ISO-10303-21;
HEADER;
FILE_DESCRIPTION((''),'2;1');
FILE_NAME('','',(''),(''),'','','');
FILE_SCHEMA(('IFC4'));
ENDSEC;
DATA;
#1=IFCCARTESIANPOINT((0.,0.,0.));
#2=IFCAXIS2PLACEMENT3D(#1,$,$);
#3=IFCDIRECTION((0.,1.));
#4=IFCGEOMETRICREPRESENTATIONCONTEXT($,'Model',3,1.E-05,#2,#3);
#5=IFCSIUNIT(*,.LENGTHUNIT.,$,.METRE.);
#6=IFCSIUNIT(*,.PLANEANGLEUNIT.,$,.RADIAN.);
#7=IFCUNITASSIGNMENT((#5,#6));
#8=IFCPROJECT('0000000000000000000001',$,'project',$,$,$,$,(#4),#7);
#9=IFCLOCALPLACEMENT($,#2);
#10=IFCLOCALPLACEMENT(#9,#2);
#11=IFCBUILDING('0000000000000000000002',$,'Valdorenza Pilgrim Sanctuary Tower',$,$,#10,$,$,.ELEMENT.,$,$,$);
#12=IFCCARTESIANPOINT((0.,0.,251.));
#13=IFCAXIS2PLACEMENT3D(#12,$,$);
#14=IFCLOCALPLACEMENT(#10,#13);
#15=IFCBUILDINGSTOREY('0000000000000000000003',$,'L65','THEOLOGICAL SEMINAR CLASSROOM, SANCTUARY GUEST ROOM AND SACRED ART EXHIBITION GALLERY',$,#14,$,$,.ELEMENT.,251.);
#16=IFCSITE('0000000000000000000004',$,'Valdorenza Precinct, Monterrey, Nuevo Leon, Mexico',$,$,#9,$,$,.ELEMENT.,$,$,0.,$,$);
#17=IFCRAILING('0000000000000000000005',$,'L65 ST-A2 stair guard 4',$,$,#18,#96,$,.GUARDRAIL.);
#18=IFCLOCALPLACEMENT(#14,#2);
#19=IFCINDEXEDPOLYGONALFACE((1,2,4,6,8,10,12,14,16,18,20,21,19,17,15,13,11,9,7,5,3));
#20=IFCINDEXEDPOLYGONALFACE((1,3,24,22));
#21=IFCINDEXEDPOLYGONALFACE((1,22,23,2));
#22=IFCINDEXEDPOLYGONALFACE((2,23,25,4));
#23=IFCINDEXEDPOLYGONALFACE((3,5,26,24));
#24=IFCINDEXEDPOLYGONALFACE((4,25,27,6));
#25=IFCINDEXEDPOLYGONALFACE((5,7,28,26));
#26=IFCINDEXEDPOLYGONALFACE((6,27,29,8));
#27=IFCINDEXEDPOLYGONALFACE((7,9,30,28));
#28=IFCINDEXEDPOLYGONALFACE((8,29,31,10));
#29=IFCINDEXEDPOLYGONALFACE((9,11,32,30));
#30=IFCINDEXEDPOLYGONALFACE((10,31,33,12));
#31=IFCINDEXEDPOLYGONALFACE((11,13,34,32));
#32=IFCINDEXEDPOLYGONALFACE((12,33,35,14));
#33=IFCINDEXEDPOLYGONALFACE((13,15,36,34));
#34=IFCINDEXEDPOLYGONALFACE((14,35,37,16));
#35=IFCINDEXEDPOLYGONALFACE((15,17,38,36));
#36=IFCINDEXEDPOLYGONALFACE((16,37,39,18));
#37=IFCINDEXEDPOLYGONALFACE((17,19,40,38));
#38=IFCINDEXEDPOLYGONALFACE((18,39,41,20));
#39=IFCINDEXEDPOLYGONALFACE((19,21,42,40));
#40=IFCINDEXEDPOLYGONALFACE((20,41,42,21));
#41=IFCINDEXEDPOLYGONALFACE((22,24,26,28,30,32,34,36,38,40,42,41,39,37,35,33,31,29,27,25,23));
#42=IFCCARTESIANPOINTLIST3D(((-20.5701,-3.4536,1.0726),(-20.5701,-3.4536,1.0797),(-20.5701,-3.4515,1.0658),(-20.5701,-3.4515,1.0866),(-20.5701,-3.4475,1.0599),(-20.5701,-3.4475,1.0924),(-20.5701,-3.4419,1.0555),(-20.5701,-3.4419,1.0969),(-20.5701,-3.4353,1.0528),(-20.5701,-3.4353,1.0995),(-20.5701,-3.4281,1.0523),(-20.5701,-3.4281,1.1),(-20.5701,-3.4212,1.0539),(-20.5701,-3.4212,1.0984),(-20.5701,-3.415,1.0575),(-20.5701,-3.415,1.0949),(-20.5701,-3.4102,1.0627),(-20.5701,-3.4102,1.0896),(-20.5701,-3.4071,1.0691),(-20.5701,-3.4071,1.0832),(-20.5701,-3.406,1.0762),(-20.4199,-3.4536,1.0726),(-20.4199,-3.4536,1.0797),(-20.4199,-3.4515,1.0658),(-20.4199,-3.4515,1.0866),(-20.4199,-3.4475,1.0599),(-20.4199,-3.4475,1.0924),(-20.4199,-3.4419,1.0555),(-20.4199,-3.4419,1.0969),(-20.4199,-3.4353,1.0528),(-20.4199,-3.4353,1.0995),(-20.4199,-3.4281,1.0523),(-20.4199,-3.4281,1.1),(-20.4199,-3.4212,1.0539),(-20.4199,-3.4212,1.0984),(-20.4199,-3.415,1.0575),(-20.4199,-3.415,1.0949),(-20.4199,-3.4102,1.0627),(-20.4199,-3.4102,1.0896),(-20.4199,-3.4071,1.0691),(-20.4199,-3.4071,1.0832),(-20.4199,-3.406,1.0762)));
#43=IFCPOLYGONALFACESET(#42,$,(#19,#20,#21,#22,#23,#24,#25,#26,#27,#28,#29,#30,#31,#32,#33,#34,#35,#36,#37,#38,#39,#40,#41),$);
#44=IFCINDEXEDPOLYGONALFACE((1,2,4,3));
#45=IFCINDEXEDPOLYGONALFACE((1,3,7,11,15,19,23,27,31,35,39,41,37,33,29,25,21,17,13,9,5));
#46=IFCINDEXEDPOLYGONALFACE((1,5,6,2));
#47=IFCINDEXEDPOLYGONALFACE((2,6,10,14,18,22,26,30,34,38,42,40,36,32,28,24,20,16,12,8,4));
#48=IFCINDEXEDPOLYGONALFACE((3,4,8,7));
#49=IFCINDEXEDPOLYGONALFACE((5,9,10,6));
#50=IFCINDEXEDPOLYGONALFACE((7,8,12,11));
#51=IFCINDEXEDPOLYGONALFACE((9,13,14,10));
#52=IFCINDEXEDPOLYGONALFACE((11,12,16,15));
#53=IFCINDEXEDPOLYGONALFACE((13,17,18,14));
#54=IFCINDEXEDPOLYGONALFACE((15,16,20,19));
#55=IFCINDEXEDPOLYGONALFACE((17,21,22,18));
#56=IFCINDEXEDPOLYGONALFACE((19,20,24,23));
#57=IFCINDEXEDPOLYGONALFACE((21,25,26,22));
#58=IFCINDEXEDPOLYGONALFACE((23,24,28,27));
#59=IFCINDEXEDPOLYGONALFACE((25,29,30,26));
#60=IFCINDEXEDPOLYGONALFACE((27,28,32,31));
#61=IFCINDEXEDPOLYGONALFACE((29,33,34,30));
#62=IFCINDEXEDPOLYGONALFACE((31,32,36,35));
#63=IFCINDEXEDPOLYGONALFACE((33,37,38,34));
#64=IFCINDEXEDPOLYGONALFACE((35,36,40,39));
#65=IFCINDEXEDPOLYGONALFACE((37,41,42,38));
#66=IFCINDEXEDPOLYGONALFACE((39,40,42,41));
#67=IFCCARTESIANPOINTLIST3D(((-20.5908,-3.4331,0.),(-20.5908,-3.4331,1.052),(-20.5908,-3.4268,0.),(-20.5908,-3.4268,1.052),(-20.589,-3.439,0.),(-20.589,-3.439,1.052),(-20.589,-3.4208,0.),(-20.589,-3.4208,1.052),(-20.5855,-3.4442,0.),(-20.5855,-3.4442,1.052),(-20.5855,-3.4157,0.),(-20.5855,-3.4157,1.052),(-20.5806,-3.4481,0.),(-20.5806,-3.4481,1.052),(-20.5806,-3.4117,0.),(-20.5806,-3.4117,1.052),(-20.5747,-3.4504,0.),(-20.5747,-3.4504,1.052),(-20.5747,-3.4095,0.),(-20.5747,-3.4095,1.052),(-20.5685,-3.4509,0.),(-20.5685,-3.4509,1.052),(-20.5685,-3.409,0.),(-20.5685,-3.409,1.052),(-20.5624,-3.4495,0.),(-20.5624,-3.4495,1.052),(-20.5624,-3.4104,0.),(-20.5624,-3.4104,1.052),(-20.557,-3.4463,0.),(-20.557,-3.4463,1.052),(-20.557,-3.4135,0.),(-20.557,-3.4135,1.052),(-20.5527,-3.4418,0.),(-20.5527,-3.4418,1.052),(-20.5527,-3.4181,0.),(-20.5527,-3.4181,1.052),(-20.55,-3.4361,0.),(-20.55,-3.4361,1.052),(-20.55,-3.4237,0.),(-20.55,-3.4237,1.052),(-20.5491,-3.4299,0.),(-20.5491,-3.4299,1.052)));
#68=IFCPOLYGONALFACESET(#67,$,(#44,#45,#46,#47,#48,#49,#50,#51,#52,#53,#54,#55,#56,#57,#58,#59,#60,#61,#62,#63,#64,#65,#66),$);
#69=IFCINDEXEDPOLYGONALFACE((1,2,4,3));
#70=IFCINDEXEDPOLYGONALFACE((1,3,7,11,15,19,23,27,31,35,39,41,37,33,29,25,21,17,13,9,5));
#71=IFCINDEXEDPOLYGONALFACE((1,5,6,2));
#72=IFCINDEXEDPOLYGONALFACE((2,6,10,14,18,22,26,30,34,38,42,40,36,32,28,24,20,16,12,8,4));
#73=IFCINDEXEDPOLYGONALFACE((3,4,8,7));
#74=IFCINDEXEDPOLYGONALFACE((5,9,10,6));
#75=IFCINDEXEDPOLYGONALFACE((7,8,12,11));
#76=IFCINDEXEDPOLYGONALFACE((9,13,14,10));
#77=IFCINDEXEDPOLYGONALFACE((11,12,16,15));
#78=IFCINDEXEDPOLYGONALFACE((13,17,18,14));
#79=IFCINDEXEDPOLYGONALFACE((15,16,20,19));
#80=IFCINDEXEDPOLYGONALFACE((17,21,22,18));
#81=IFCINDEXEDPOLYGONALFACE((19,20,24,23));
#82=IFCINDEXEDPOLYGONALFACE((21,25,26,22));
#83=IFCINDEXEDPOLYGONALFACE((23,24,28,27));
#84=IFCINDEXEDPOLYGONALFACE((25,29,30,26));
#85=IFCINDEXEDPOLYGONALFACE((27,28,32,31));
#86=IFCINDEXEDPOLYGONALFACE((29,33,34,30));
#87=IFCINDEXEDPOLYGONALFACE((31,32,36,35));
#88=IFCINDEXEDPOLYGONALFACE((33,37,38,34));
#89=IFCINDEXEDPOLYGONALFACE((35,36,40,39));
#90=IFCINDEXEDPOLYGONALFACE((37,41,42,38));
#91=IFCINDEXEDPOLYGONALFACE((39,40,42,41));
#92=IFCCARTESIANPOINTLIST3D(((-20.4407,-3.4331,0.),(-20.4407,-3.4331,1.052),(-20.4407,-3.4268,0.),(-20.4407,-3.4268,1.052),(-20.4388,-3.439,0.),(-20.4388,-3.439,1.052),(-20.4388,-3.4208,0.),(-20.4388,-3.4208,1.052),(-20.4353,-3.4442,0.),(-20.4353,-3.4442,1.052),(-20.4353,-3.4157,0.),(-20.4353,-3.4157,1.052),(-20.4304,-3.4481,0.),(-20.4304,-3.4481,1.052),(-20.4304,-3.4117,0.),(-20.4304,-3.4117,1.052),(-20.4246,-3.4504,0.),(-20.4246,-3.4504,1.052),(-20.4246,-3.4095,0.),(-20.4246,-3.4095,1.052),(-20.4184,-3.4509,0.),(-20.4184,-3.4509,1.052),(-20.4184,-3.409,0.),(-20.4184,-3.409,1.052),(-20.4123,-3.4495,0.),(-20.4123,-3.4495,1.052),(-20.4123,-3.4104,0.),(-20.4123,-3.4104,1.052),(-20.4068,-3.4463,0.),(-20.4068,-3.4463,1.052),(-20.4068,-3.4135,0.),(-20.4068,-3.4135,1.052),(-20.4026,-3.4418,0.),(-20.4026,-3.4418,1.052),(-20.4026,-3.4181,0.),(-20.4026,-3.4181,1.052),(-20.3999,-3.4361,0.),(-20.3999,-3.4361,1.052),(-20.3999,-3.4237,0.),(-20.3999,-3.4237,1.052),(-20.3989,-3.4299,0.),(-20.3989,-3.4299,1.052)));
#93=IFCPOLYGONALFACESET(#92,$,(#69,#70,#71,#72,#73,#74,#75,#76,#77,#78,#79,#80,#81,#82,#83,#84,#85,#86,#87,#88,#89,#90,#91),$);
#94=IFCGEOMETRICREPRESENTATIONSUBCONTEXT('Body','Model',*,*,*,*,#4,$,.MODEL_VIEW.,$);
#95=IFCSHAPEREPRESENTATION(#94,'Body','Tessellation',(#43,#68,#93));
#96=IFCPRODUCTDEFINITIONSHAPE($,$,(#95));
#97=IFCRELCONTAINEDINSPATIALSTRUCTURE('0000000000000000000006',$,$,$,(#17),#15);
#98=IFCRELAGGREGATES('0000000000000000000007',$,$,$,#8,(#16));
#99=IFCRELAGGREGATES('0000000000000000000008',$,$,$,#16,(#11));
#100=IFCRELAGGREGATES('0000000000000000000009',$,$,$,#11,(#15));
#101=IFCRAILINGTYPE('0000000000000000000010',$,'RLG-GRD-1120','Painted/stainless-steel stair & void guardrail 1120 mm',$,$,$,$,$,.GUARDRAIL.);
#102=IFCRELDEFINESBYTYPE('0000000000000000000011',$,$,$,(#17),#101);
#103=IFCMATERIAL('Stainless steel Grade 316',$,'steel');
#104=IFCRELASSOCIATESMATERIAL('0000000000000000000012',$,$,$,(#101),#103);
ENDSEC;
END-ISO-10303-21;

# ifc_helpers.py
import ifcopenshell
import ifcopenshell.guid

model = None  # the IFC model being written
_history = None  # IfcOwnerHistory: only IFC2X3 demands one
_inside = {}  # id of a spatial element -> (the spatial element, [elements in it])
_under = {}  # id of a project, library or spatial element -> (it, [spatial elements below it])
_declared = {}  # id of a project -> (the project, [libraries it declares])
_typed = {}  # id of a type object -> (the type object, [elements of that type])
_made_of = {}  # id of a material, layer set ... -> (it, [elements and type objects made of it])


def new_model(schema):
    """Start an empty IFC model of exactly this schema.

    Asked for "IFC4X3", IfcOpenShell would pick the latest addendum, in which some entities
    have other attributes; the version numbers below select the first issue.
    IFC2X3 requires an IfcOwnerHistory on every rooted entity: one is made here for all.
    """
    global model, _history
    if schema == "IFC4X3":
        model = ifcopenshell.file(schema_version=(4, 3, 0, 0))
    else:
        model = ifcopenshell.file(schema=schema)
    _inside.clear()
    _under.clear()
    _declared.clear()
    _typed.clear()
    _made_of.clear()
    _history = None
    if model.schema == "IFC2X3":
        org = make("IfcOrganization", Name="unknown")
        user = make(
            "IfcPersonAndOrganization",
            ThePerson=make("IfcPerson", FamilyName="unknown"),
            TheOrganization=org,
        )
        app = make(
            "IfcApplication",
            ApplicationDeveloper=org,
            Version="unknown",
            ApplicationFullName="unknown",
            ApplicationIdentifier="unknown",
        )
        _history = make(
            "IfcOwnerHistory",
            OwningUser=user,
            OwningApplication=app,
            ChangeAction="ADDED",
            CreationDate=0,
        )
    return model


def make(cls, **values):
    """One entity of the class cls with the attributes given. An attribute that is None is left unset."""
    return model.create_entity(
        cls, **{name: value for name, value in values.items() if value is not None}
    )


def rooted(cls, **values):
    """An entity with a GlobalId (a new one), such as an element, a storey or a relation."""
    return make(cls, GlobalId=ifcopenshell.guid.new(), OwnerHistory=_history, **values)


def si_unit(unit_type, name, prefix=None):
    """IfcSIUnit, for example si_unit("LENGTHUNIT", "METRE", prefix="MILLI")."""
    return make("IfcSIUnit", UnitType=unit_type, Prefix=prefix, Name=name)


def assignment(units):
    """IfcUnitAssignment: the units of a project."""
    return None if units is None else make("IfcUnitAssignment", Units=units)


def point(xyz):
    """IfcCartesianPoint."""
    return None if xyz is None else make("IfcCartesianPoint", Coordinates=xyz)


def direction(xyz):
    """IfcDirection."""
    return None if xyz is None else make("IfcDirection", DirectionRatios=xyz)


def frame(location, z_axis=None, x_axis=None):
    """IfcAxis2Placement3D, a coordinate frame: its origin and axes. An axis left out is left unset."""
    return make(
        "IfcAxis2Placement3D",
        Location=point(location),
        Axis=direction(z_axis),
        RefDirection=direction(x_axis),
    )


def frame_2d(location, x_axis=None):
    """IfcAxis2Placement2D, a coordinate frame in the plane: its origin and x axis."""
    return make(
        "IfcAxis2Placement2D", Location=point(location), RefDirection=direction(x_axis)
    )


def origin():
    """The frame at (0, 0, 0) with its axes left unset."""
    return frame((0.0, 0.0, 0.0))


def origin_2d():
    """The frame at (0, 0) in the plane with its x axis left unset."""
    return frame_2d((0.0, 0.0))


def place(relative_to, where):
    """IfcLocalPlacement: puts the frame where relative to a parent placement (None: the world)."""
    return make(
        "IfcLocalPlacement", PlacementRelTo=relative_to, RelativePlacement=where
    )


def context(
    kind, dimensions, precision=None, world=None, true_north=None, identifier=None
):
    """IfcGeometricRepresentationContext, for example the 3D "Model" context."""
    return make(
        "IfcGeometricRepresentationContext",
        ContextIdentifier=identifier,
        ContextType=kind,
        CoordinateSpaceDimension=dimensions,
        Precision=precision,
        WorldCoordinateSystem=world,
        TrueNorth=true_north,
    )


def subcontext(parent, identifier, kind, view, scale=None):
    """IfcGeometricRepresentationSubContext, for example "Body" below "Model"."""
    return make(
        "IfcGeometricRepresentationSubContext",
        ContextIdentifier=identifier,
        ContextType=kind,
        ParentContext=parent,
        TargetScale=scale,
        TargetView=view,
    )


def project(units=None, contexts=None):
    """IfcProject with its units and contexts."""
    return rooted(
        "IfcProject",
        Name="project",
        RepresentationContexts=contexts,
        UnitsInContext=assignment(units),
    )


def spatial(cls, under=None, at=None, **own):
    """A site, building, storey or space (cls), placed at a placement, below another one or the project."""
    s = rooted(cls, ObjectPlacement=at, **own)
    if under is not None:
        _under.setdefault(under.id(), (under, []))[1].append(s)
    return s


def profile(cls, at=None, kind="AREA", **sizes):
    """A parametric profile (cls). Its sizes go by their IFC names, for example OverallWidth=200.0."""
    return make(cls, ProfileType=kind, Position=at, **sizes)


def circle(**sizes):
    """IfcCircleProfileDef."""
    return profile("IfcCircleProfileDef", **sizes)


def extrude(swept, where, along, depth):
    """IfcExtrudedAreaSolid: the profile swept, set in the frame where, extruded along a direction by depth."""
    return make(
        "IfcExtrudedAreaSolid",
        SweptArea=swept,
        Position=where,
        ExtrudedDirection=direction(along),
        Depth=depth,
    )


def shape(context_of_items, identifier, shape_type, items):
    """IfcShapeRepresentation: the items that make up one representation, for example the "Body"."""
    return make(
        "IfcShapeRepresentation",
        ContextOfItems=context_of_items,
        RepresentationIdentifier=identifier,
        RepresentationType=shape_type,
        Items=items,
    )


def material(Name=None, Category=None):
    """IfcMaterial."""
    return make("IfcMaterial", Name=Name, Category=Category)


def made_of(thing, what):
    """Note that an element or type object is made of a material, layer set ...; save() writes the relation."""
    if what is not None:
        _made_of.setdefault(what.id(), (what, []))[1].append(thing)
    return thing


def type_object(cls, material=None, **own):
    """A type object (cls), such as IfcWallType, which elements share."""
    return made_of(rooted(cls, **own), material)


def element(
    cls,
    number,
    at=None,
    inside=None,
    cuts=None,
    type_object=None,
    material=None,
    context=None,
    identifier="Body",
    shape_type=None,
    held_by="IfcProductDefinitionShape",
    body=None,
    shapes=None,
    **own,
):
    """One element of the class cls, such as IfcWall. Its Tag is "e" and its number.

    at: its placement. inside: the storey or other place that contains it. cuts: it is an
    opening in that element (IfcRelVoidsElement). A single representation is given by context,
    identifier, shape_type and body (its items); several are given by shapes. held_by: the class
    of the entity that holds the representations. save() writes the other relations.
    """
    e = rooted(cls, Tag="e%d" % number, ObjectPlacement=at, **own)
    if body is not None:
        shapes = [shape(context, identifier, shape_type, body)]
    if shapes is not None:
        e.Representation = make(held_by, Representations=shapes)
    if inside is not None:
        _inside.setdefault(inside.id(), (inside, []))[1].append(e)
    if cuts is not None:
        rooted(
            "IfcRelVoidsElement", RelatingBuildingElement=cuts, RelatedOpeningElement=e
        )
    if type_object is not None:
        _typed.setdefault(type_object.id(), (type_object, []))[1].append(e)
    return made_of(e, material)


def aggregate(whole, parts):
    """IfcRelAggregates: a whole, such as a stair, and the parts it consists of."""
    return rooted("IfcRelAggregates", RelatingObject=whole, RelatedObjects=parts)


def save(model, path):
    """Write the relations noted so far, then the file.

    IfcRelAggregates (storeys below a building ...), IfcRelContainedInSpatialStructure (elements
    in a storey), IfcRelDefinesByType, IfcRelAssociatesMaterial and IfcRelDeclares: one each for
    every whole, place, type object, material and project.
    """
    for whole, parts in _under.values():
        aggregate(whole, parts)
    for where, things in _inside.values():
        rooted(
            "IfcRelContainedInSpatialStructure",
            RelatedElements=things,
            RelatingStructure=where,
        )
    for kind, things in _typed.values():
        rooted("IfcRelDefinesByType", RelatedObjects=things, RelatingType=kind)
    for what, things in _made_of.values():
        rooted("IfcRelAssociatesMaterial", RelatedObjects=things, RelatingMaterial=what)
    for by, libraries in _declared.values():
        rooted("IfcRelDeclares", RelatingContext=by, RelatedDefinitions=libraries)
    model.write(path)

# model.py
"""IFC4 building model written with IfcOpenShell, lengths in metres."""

from ifc_helpers import new_model, si_unit, direction, frame, origin, origin_2d, place, context, subcontext, project, spatial, circle, extrude, material, type_object, element, save


model = new_model("IFC4")

# Units and contexts
model_context = context("Model", 3, precision=1e-05, world=origin(), true_north=direction((0.0, 1.0)))
body_context = subcontext(model_context, "Body", "Model", "MODEL_VIEW")
ifc_project = project(units=[si_unit("LENGTHUNIT", "METRE"), si_unit("PLANEANGLEUNIT", "RADIAN")], contexts=[model_context])

# Site, building, storey
site_placement = place(None, origin())
site = spatial("IfcSite", under=ifc_project, at=site_placement, Name="Valdorenza Precinct, Monterrey, Nuevo Leon, Mexico", CompositionType="ELEMENT", RefElevation=0.0)
building_placement = place(site_placement, origin())
building = spatial("IfcBuilding", under=site, at=building_placement, Name="Valdorenza Pilgrim Sanctuary Tower", CompositionType="ELEMENT")
storey_placement = place(building_placement, frame((0.0, 0.0, 251.0)))
storey = spatial("IfcBuildingStorey", under=building, at=storey_placement, Name="L65", Description="THEOLOGICAL SEMINAR CLASSROOM, SANCTUARY GUEST ROOM AND SACRED ART EXHIBITION GALLERY", CompositionType="ELEMENT", Elevation=251.0)

# Railing
ifc_material_1 = material(Name="Stainless steel Grade 316", Category="steel")
railing_type_1 = type_object("IfcRailingType", Name="RLG-GRD-1120", Description="Painted/stainless-steel stair & void guardrail 1120 mm", PredefinedType="GUARDRAIL", material=ifc_material_1)
railing_1_placement = place(storey_placement, frame((-20.5701, -3.4299, 0.0)))
element("IfcRailing", 1, at=railing_1_placement, inside=storey, type_object=railing_type_1, Name="L65 ST-A2 stair guard 4", PredefinedType="GUARDRAIL", context=body_context, shape_type="SweptSolid", body=[
    extrude(circle(Radius=0.0239, at=origin_2d()), frame((0.0, 0.0, 1.0762), z_axis=(1.0, 0.0, 0.0), x_axis=(0.0, 1.0, 0.0)), (0.0, 0.0, 1.0), 0.1501),
    extrude(circle(Radius=0.021, at=origin_2d()), origin(), (0.0, 0.0, 1.0), 1.052),
    extrude(circle(Radius=0.021, at=origin_2d()), frame((0.1501, 0.0, 0.0)), (0.0, 0.0, 1.0), 1.052),
])

save(model, "model.ifc")
